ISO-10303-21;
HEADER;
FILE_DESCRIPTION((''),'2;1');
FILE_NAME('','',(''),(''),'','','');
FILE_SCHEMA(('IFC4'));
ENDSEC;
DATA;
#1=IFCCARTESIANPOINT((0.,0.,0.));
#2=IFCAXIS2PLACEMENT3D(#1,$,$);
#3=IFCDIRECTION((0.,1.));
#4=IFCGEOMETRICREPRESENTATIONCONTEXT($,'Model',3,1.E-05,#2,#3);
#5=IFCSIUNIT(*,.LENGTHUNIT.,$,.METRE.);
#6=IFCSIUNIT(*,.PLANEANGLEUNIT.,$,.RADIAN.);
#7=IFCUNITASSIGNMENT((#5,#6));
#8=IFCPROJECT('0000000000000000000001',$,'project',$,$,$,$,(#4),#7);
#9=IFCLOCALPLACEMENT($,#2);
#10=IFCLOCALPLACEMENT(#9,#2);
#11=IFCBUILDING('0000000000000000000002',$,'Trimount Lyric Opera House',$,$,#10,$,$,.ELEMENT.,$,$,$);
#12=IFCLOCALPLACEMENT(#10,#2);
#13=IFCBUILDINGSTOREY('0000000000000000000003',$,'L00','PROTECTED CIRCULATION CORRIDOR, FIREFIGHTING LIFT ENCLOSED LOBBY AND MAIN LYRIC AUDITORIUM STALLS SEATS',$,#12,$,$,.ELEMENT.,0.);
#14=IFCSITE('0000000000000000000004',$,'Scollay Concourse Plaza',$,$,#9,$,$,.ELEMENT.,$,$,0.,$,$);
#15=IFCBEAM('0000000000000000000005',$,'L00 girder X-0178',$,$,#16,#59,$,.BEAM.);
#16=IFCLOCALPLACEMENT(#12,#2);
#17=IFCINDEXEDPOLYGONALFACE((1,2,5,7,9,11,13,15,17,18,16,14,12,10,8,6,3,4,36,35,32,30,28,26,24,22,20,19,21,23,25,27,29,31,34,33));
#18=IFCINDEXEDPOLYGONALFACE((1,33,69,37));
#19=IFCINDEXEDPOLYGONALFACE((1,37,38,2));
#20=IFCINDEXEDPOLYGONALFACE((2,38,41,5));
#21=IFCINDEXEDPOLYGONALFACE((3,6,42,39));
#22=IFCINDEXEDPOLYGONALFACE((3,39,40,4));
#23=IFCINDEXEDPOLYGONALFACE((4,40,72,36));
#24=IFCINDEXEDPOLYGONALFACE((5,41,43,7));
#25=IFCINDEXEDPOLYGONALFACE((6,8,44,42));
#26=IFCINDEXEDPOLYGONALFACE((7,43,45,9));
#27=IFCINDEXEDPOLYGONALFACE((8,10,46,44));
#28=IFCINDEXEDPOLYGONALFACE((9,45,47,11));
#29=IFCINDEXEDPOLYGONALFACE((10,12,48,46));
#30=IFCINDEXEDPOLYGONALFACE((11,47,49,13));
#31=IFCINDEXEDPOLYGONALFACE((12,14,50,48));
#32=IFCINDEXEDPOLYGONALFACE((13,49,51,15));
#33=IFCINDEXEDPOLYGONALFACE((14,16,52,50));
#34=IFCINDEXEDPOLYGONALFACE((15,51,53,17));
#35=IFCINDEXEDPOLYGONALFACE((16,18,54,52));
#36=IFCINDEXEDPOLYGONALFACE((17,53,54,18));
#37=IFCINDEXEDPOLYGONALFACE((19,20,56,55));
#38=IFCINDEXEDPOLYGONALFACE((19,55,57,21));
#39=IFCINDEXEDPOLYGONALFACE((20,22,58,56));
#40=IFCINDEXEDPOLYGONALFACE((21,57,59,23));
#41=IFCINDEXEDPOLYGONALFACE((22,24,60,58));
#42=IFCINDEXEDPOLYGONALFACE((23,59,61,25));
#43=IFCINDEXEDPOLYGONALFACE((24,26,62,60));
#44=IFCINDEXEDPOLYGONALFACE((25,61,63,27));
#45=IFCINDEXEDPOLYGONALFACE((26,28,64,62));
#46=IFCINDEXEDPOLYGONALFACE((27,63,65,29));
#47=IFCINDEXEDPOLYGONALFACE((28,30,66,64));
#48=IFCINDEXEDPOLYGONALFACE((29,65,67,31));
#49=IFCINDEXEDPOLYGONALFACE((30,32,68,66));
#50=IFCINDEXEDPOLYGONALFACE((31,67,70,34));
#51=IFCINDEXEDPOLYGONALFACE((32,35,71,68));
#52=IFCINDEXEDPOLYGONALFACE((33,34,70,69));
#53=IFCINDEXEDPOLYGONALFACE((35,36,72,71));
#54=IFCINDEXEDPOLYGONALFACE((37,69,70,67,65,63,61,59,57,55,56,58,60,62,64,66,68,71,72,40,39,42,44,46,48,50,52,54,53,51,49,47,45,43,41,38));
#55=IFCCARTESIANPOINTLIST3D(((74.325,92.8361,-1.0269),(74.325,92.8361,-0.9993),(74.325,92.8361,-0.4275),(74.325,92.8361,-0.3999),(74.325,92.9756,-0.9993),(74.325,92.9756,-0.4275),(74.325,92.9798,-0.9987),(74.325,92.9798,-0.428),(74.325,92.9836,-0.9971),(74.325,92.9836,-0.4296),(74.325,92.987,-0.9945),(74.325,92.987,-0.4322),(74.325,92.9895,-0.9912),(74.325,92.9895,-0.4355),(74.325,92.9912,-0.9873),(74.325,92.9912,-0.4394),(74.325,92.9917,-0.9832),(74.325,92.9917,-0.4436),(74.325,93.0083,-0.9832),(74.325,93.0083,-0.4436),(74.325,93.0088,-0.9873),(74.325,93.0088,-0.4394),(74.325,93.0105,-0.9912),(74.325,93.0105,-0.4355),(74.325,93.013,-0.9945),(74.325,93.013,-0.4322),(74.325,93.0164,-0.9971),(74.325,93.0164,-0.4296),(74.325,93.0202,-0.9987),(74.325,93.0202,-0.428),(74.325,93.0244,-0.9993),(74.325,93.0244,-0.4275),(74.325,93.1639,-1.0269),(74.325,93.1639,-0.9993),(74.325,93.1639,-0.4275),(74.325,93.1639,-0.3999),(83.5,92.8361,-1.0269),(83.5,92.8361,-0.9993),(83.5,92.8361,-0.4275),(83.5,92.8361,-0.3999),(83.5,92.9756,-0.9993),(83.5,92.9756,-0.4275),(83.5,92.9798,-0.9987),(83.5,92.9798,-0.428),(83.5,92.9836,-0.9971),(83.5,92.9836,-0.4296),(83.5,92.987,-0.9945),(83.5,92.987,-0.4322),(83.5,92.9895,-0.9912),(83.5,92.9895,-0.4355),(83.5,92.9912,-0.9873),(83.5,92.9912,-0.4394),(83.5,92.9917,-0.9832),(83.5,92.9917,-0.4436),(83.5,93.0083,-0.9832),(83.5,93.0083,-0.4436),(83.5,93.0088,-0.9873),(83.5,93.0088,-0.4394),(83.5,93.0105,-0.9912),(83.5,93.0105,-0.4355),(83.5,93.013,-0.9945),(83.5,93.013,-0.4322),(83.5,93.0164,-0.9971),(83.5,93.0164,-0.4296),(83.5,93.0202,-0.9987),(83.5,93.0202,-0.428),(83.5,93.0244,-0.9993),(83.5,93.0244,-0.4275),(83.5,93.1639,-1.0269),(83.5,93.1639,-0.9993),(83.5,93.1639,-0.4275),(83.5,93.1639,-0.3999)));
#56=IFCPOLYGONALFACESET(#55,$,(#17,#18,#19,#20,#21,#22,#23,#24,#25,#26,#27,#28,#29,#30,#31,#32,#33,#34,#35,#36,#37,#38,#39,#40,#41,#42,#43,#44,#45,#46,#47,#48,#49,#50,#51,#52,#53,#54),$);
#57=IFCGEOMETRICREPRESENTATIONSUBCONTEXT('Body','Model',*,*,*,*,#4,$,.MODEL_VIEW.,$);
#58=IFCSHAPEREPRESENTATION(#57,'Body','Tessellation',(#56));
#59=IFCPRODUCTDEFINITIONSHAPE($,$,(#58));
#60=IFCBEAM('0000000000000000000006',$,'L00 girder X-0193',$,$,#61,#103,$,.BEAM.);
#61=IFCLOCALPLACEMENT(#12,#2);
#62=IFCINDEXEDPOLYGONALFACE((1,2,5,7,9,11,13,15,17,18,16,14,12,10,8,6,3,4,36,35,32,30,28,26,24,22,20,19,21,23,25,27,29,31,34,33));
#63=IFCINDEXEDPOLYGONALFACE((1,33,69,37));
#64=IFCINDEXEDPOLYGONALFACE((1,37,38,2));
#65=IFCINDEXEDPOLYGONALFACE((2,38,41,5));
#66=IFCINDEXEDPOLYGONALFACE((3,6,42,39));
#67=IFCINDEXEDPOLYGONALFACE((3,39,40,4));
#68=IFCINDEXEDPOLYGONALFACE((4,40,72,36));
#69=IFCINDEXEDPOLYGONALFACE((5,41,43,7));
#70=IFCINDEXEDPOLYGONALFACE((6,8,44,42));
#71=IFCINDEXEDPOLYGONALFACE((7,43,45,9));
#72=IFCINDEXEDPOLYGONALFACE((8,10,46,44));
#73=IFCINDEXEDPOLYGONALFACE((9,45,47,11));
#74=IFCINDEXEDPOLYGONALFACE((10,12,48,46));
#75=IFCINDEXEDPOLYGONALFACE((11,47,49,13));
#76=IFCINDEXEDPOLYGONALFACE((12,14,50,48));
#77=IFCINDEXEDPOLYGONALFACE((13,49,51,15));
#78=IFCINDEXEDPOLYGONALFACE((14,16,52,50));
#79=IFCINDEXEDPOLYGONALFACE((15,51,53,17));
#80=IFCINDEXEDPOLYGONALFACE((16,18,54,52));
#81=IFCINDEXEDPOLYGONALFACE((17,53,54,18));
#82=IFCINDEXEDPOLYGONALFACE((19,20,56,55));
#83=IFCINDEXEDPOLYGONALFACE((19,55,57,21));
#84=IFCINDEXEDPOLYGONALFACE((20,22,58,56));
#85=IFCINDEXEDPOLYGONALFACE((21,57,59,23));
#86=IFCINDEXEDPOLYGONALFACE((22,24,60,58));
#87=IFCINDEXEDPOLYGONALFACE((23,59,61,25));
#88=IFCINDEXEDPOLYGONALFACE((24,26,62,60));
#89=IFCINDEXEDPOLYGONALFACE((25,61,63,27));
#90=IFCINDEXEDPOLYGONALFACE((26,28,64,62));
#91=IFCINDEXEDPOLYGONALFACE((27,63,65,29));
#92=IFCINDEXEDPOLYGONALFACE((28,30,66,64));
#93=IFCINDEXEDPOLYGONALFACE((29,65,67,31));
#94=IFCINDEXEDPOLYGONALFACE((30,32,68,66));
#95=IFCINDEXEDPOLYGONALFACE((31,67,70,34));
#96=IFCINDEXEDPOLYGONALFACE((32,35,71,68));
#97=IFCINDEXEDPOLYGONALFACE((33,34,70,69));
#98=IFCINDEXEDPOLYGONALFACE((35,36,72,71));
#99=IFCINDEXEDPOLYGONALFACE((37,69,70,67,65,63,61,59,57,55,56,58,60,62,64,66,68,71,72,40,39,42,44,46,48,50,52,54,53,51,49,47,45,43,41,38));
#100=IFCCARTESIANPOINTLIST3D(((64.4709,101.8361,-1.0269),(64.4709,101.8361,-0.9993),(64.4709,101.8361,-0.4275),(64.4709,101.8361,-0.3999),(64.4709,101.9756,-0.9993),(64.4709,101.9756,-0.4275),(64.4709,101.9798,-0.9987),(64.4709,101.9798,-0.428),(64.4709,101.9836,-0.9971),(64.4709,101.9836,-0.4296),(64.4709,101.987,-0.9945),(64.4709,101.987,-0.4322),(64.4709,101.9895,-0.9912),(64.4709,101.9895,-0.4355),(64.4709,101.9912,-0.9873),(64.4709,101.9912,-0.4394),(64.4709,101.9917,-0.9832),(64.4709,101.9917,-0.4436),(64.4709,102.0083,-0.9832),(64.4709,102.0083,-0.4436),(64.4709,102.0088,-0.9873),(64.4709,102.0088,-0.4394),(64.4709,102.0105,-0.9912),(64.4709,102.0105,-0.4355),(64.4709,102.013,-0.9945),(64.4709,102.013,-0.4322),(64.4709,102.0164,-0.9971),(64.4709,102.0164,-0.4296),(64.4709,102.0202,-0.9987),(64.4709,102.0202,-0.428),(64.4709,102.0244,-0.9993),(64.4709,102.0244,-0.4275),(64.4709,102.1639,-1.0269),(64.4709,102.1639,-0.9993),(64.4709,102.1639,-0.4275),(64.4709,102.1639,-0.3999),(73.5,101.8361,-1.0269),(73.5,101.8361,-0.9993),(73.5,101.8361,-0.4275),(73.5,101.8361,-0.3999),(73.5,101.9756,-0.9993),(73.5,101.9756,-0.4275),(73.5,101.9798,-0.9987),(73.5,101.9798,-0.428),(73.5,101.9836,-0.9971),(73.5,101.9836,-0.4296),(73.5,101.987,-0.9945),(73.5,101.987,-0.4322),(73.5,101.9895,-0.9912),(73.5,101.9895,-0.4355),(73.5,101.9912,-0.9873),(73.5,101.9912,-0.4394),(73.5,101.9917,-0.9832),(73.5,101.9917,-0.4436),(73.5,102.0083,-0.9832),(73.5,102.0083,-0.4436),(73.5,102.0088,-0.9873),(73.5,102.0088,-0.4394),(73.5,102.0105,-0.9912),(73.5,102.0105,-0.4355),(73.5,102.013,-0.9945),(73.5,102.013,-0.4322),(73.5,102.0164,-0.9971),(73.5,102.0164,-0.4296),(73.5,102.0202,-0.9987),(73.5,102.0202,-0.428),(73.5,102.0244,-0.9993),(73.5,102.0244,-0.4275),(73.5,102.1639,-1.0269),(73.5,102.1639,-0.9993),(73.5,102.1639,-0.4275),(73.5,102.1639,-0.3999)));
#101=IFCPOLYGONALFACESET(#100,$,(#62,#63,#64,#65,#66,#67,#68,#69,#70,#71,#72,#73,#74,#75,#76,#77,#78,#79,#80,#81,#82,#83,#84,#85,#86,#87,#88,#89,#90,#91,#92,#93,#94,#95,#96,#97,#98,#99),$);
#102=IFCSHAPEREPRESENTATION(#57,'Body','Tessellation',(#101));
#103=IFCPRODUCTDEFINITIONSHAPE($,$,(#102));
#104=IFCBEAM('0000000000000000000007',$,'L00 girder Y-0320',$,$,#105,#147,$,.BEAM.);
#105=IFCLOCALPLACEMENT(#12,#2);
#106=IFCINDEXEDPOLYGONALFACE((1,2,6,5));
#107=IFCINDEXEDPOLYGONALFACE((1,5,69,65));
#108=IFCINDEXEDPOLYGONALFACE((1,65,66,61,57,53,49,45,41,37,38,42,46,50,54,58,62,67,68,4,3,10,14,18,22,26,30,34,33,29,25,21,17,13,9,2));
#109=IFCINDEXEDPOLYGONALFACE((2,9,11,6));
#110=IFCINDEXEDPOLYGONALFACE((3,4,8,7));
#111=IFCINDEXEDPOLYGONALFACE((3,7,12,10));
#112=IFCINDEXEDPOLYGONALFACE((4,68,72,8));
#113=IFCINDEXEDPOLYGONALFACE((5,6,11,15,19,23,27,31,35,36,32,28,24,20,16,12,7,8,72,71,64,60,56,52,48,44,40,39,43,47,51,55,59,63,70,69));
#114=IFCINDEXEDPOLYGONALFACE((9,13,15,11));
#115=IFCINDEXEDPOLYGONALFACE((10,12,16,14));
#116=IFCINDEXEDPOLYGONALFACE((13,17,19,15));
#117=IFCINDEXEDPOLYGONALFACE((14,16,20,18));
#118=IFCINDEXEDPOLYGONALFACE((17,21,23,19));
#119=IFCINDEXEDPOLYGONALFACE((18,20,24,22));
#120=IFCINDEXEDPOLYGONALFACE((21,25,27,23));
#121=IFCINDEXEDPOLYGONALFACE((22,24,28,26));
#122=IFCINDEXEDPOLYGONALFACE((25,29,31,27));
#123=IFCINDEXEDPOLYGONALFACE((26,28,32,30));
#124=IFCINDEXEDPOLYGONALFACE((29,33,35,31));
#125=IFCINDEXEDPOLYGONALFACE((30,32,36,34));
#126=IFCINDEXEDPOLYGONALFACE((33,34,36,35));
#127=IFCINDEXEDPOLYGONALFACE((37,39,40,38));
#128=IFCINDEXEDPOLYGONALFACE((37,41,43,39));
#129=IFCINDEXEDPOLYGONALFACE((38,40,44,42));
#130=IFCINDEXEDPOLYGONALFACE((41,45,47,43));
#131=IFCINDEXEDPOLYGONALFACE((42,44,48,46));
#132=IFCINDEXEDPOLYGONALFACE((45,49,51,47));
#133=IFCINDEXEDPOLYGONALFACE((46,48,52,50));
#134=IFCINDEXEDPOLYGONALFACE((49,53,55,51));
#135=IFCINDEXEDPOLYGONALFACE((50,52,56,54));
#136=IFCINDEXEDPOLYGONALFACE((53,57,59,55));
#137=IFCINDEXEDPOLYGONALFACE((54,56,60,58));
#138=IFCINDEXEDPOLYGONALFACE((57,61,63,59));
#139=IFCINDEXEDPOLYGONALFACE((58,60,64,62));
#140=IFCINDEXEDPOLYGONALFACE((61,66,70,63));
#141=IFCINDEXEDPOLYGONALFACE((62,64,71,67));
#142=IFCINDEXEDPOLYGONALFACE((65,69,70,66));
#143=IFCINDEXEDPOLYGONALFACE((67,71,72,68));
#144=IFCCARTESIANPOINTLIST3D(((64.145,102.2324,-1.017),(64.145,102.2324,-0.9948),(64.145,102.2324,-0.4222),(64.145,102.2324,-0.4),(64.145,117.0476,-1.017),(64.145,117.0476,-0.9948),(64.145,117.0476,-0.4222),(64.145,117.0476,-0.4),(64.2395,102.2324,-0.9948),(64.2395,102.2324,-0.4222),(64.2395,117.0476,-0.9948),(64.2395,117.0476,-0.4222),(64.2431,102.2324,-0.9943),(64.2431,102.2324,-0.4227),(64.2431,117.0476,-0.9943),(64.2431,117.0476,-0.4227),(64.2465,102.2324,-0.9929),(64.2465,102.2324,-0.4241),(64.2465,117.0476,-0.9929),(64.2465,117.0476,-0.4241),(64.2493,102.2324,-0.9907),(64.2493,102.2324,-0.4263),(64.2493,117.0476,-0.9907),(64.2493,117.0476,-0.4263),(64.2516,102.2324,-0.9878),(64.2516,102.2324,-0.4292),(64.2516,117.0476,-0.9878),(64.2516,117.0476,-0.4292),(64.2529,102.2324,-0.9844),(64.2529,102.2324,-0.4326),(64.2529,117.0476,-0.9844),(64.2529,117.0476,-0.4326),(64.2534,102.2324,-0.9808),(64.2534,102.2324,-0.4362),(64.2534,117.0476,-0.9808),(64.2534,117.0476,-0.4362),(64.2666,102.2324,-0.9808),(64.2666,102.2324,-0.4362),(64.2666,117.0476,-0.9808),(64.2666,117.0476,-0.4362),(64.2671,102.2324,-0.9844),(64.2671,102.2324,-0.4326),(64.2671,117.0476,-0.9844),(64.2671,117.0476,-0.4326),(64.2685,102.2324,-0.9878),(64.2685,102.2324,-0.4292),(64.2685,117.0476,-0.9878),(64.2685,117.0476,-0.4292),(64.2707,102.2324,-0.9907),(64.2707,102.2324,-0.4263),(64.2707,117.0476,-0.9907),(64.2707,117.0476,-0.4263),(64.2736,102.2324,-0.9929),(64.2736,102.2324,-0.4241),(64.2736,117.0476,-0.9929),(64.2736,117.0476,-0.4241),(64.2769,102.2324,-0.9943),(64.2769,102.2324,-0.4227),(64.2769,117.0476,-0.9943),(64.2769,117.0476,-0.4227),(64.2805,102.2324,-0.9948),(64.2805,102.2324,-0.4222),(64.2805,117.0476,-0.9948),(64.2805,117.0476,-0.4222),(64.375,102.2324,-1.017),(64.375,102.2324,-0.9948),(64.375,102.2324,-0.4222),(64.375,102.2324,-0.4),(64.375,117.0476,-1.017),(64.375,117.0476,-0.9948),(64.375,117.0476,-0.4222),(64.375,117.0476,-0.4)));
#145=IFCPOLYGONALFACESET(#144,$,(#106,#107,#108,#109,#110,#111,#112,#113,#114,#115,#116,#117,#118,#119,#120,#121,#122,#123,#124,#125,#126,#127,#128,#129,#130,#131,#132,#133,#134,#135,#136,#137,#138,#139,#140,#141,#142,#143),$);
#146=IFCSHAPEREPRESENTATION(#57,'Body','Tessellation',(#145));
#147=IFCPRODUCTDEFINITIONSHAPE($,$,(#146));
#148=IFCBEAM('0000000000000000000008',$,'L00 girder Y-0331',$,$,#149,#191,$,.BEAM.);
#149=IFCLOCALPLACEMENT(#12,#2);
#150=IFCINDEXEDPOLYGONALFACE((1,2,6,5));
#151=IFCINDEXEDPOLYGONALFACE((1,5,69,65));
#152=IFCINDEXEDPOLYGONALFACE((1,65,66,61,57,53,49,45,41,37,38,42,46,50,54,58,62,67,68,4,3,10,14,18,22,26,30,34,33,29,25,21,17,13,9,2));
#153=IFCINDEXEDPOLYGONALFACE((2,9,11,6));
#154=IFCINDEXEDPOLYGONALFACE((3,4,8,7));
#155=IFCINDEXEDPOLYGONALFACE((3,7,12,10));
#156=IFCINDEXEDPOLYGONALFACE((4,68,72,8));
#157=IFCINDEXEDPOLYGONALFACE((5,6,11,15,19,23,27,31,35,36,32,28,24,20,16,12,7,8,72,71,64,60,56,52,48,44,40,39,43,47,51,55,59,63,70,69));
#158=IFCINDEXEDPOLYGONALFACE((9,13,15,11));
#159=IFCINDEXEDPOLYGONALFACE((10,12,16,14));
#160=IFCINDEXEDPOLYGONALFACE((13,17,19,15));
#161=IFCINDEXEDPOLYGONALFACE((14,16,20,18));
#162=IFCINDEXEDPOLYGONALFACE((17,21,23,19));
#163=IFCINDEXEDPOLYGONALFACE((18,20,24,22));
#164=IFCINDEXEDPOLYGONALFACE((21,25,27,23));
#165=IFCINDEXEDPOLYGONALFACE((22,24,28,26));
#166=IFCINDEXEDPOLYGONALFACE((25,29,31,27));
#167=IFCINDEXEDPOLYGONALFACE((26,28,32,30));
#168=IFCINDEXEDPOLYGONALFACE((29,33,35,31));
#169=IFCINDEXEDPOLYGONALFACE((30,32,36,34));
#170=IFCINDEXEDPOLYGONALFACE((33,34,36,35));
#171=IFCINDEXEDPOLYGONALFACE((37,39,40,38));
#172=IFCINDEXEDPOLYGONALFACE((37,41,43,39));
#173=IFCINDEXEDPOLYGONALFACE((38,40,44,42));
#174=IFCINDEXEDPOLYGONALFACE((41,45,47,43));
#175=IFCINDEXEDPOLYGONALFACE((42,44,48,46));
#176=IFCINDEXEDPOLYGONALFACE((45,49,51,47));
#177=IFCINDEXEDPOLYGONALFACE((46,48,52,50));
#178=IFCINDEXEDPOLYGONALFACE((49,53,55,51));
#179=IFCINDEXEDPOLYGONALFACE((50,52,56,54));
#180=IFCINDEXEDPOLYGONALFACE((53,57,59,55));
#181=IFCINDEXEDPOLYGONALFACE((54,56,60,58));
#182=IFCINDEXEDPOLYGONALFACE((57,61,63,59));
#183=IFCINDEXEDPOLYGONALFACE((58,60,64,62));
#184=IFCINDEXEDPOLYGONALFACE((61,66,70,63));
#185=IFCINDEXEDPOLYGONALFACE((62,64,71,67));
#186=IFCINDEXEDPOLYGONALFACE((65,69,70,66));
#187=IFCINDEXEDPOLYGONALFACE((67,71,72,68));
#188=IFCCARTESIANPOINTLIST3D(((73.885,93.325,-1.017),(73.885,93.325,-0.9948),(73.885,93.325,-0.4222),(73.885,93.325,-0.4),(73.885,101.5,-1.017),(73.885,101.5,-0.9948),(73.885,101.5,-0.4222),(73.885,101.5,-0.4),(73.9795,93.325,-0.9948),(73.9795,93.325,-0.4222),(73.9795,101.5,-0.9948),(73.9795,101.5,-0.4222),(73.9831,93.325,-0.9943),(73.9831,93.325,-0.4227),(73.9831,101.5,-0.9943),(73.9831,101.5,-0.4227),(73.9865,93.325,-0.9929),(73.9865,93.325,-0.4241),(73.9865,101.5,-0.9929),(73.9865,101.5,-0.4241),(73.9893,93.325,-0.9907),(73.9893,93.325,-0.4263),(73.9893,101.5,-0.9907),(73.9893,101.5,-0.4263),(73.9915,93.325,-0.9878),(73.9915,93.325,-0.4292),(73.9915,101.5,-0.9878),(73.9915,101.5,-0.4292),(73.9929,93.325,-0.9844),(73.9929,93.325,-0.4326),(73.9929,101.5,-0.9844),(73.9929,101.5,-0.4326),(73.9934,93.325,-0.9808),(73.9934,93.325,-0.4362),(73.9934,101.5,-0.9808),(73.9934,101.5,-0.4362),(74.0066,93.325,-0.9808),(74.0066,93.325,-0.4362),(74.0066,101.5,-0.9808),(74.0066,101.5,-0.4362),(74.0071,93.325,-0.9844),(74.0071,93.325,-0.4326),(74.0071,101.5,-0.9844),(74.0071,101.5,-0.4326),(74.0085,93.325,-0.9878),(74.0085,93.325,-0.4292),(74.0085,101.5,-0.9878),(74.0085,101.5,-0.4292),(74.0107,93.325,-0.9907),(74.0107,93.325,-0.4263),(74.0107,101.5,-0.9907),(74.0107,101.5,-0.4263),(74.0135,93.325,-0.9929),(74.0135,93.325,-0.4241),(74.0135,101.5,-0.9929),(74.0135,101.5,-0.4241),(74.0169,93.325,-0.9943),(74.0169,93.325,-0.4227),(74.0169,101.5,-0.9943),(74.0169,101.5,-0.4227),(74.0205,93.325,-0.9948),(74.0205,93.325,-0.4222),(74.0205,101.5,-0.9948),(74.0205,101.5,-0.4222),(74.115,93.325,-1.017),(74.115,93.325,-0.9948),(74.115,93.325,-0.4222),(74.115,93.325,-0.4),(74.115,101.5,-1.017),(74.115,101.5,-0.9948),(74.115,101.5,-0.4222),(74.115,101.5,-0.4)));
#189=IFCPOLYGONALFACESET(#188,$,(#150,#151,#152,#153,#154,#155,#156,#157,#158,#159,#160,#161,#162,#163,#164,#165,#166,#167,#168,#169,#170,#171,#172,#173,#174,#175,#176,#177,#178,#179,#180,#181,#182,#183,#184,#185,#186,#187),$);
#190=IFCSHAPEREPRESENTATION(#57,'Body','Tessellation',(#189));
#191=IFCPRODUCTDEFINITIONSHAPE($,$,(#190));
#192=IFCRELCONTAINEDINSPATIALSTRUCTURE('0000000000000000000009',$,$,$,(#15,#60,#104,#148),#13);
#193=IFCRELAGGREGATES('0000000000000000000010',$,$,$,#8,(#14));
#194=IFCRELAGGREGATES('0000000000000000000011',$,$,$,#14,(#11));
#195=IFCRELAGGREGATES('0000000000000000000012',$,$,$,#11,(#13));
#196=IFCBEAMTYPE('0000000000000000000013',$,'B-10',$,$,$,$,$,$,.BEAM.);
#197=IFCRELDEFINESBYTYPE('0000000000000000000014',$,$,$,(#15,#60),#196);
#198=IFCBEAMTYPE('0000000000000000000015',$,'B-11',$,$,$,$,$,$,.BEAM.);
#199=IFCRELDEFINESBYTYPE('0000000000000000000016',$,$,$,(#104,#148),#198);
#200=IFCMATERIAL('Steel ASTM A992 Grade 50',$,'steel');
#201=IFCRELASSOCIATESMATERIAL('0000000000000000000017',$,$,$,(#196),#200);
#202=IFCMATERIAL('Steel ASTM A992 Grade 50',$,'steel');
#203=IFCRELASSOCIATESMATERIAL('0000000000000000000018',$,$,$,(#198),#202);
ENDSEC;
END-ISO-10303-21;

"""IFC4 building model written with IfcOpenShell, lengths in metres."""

from ifc_helpers import new_model, si_unit, direction, frame, origin, origin_2d, place, context, subcontext, project, spatial, i_section, extrude, material, material_profile, profile_set, type_object, element, save


model = new_model("IFC4")

# Units and contexts
model_context = context("Model", 3, precision=1e-05, world=origin(), true_north=direction((0.0, 1.0)))
body_context = subcontext(model_context, "Body", "Model", "MODEL_VIEW")
ifc_project = project(units=[si_unit("LENGTHUNIT", "METRE"), si_unit("PLANEANGLEUNIT", "RADIAN")], contexts=[model_context])

# Site, building, storey
site_placement = place(None, origin())
site = spatial("IfcSite", under=ifc_project, at=site_placement, Name="Scollay Concourse Plaza", CompositionType="ELEMENT", RefElevation=0.0)
building_placement = place(site_placement, origin())
building = spatial("IfcBuilding", under=site, at=building_placement, Name="Trimount Lyric Opera House", CompositionType="ELEMENT")
storey_placement = place(building_placement, origin())
storey = spatial("IfcBuildingStorey", under=building, at=storey_placement, Name="L00", Description="PROTECTED CIRCULATION CORRIDOR, FIREFIGHTING LIFT ENCLOSED LOBBY AND MAIN LYRIC AUDITORIUM STALLS SEATS", CompositionType="ELEMENT", Elevation=0.0)

# Beams
ifc_material_1 = material(Name="Steel ASTM A992 Grade 50", Category="steel")
ifc_material_profile_1 = material_profile(ifc_material_1, i_section(OverallWidth=0.3279, OverallDepth=0.627, WebThickness=0.0166, FlangeThickness=0.0276, FilletRadius=0.0161, at=origin_2d()), Name="W24X146")
ifc_profile_set_1 = profile_set([ifc_material_profile_1], Name="Steel ASTM A992 Grade 50")
beam_type_1 = type_object("IfcBeamType", Name="B-10", PredefinedType="BEAM", material=ifc_profile_set_1)
beam_1_placement = place(storey_placement, frame((74.325, 93.0, -0.7134), z_axis=(1.0, 0.0, 0.0), x_axis=(0.0, 1.0, 0.0)))
element("IfcBeam", 1, at=beam_1_placement, inside=storey, type_object=beam_type_1, Name="L00 girder X-0178", PredefinedType="BEAM", context=body_context, shape_type="SweptSolid", body=[
    extrude(i_section(OverallWidth=0.3279, OverallDepth=0.627, WebThickness=0.0166, FlangeThickness=0.0276, FilletRadius=0.0161, at=origin_2d()), origin(), (0.0, 0.0, 1.0), 9.175),
])
beam_2_placement = place(storey_placement, frame((64.4709, 102.0, -0.7134), z_axis=(1.0, 0.0, 0.0), x_axis=(0.0, 1.0, 0.0)))
element("IfcBeam", 2, at=beam_2_placement, inside=storey, type_object=beam_type_1, Name="L00 girder X-0193", PredefinedType="BEAM", context=body_context, shape_type="SweptSolid", body=[
    extrude(i_section(OverallWidth=0.3279, OverallDepth=0.627, WebThickness=0.0166, FlangeThickness=0.0276, FilletRadius=0.0161, at=origin_2d()), origin(), (0.0, 0.0, 1.0), 9.0291),
])
ifc_material_2 = material(Name="Steel ASTM A992 Grade 50", Category="steel")
ifc_material_profile_2 = material_profile(ifc_material_2, i_section(OverallWidth=0.23, OverallDepth=0.6169, WebThickness=0.0132, FlangeThickness=0.0222, FilletRadius=0.0139, at=origin_2d()), Name="W24X94")
ifc_profile_set_2 = profile_set([ifc_material_profile_2], Name="Steel ASTM A992 Grade 50")
beam_type_2 = type_object("IfcBeamType", Name="B-11", PredefinedType="BEAM", material=ifc_profile_set_2)
beam_3_placement = place(storey_placement, frame((64.26, 102.2324, -0.7085), z_axis=(0.0, 1.0, 0.0), x_axis=(-1.0, 0.0, 0.0)))
element("IfcBeam", 3, at=beam_3_placement, inside=storey, type_object=beam_type_2, Name="L00 girder Y-0320", PredefinedType="BEAM", context=body_context, shape_type="SweptSolid", body=[
    extrude(i_section(OverallWidth=0.23, OverallDepth=0.6169, WebThickness=0.0132, FlangeThickness=0.0222, FilletRadius=0.0139, at=origin_2d()), origin(), (0.0, 0.0, 1.0), 14.8152),
])
beam_4_placement = place(storey_placement, frame((74.0, 93.325, -0.7085), z_axis=(0.0, 1.0, 0.0), x_axis=(-1.0, 0.0, 0.0)))
element("IfcBeam", 4, at=beam_4_placement, inside=storey, type_object=beam_type_2, Name="L00 girder Y-0331", PredefinedType="BEAM", context=body_context, shape_type="SweptSolid", body=[
    extrude(i_section(OverallWidth=0.23, OverallDepth=0.6169, WebThickness=0.0132, FlangeThickness=0.0222, FilletRadius=0.0139, at=origin_2d()), origin(), (0.0, 0.0, 1.0), 8.175),
])

save(model, "model.ifc")
